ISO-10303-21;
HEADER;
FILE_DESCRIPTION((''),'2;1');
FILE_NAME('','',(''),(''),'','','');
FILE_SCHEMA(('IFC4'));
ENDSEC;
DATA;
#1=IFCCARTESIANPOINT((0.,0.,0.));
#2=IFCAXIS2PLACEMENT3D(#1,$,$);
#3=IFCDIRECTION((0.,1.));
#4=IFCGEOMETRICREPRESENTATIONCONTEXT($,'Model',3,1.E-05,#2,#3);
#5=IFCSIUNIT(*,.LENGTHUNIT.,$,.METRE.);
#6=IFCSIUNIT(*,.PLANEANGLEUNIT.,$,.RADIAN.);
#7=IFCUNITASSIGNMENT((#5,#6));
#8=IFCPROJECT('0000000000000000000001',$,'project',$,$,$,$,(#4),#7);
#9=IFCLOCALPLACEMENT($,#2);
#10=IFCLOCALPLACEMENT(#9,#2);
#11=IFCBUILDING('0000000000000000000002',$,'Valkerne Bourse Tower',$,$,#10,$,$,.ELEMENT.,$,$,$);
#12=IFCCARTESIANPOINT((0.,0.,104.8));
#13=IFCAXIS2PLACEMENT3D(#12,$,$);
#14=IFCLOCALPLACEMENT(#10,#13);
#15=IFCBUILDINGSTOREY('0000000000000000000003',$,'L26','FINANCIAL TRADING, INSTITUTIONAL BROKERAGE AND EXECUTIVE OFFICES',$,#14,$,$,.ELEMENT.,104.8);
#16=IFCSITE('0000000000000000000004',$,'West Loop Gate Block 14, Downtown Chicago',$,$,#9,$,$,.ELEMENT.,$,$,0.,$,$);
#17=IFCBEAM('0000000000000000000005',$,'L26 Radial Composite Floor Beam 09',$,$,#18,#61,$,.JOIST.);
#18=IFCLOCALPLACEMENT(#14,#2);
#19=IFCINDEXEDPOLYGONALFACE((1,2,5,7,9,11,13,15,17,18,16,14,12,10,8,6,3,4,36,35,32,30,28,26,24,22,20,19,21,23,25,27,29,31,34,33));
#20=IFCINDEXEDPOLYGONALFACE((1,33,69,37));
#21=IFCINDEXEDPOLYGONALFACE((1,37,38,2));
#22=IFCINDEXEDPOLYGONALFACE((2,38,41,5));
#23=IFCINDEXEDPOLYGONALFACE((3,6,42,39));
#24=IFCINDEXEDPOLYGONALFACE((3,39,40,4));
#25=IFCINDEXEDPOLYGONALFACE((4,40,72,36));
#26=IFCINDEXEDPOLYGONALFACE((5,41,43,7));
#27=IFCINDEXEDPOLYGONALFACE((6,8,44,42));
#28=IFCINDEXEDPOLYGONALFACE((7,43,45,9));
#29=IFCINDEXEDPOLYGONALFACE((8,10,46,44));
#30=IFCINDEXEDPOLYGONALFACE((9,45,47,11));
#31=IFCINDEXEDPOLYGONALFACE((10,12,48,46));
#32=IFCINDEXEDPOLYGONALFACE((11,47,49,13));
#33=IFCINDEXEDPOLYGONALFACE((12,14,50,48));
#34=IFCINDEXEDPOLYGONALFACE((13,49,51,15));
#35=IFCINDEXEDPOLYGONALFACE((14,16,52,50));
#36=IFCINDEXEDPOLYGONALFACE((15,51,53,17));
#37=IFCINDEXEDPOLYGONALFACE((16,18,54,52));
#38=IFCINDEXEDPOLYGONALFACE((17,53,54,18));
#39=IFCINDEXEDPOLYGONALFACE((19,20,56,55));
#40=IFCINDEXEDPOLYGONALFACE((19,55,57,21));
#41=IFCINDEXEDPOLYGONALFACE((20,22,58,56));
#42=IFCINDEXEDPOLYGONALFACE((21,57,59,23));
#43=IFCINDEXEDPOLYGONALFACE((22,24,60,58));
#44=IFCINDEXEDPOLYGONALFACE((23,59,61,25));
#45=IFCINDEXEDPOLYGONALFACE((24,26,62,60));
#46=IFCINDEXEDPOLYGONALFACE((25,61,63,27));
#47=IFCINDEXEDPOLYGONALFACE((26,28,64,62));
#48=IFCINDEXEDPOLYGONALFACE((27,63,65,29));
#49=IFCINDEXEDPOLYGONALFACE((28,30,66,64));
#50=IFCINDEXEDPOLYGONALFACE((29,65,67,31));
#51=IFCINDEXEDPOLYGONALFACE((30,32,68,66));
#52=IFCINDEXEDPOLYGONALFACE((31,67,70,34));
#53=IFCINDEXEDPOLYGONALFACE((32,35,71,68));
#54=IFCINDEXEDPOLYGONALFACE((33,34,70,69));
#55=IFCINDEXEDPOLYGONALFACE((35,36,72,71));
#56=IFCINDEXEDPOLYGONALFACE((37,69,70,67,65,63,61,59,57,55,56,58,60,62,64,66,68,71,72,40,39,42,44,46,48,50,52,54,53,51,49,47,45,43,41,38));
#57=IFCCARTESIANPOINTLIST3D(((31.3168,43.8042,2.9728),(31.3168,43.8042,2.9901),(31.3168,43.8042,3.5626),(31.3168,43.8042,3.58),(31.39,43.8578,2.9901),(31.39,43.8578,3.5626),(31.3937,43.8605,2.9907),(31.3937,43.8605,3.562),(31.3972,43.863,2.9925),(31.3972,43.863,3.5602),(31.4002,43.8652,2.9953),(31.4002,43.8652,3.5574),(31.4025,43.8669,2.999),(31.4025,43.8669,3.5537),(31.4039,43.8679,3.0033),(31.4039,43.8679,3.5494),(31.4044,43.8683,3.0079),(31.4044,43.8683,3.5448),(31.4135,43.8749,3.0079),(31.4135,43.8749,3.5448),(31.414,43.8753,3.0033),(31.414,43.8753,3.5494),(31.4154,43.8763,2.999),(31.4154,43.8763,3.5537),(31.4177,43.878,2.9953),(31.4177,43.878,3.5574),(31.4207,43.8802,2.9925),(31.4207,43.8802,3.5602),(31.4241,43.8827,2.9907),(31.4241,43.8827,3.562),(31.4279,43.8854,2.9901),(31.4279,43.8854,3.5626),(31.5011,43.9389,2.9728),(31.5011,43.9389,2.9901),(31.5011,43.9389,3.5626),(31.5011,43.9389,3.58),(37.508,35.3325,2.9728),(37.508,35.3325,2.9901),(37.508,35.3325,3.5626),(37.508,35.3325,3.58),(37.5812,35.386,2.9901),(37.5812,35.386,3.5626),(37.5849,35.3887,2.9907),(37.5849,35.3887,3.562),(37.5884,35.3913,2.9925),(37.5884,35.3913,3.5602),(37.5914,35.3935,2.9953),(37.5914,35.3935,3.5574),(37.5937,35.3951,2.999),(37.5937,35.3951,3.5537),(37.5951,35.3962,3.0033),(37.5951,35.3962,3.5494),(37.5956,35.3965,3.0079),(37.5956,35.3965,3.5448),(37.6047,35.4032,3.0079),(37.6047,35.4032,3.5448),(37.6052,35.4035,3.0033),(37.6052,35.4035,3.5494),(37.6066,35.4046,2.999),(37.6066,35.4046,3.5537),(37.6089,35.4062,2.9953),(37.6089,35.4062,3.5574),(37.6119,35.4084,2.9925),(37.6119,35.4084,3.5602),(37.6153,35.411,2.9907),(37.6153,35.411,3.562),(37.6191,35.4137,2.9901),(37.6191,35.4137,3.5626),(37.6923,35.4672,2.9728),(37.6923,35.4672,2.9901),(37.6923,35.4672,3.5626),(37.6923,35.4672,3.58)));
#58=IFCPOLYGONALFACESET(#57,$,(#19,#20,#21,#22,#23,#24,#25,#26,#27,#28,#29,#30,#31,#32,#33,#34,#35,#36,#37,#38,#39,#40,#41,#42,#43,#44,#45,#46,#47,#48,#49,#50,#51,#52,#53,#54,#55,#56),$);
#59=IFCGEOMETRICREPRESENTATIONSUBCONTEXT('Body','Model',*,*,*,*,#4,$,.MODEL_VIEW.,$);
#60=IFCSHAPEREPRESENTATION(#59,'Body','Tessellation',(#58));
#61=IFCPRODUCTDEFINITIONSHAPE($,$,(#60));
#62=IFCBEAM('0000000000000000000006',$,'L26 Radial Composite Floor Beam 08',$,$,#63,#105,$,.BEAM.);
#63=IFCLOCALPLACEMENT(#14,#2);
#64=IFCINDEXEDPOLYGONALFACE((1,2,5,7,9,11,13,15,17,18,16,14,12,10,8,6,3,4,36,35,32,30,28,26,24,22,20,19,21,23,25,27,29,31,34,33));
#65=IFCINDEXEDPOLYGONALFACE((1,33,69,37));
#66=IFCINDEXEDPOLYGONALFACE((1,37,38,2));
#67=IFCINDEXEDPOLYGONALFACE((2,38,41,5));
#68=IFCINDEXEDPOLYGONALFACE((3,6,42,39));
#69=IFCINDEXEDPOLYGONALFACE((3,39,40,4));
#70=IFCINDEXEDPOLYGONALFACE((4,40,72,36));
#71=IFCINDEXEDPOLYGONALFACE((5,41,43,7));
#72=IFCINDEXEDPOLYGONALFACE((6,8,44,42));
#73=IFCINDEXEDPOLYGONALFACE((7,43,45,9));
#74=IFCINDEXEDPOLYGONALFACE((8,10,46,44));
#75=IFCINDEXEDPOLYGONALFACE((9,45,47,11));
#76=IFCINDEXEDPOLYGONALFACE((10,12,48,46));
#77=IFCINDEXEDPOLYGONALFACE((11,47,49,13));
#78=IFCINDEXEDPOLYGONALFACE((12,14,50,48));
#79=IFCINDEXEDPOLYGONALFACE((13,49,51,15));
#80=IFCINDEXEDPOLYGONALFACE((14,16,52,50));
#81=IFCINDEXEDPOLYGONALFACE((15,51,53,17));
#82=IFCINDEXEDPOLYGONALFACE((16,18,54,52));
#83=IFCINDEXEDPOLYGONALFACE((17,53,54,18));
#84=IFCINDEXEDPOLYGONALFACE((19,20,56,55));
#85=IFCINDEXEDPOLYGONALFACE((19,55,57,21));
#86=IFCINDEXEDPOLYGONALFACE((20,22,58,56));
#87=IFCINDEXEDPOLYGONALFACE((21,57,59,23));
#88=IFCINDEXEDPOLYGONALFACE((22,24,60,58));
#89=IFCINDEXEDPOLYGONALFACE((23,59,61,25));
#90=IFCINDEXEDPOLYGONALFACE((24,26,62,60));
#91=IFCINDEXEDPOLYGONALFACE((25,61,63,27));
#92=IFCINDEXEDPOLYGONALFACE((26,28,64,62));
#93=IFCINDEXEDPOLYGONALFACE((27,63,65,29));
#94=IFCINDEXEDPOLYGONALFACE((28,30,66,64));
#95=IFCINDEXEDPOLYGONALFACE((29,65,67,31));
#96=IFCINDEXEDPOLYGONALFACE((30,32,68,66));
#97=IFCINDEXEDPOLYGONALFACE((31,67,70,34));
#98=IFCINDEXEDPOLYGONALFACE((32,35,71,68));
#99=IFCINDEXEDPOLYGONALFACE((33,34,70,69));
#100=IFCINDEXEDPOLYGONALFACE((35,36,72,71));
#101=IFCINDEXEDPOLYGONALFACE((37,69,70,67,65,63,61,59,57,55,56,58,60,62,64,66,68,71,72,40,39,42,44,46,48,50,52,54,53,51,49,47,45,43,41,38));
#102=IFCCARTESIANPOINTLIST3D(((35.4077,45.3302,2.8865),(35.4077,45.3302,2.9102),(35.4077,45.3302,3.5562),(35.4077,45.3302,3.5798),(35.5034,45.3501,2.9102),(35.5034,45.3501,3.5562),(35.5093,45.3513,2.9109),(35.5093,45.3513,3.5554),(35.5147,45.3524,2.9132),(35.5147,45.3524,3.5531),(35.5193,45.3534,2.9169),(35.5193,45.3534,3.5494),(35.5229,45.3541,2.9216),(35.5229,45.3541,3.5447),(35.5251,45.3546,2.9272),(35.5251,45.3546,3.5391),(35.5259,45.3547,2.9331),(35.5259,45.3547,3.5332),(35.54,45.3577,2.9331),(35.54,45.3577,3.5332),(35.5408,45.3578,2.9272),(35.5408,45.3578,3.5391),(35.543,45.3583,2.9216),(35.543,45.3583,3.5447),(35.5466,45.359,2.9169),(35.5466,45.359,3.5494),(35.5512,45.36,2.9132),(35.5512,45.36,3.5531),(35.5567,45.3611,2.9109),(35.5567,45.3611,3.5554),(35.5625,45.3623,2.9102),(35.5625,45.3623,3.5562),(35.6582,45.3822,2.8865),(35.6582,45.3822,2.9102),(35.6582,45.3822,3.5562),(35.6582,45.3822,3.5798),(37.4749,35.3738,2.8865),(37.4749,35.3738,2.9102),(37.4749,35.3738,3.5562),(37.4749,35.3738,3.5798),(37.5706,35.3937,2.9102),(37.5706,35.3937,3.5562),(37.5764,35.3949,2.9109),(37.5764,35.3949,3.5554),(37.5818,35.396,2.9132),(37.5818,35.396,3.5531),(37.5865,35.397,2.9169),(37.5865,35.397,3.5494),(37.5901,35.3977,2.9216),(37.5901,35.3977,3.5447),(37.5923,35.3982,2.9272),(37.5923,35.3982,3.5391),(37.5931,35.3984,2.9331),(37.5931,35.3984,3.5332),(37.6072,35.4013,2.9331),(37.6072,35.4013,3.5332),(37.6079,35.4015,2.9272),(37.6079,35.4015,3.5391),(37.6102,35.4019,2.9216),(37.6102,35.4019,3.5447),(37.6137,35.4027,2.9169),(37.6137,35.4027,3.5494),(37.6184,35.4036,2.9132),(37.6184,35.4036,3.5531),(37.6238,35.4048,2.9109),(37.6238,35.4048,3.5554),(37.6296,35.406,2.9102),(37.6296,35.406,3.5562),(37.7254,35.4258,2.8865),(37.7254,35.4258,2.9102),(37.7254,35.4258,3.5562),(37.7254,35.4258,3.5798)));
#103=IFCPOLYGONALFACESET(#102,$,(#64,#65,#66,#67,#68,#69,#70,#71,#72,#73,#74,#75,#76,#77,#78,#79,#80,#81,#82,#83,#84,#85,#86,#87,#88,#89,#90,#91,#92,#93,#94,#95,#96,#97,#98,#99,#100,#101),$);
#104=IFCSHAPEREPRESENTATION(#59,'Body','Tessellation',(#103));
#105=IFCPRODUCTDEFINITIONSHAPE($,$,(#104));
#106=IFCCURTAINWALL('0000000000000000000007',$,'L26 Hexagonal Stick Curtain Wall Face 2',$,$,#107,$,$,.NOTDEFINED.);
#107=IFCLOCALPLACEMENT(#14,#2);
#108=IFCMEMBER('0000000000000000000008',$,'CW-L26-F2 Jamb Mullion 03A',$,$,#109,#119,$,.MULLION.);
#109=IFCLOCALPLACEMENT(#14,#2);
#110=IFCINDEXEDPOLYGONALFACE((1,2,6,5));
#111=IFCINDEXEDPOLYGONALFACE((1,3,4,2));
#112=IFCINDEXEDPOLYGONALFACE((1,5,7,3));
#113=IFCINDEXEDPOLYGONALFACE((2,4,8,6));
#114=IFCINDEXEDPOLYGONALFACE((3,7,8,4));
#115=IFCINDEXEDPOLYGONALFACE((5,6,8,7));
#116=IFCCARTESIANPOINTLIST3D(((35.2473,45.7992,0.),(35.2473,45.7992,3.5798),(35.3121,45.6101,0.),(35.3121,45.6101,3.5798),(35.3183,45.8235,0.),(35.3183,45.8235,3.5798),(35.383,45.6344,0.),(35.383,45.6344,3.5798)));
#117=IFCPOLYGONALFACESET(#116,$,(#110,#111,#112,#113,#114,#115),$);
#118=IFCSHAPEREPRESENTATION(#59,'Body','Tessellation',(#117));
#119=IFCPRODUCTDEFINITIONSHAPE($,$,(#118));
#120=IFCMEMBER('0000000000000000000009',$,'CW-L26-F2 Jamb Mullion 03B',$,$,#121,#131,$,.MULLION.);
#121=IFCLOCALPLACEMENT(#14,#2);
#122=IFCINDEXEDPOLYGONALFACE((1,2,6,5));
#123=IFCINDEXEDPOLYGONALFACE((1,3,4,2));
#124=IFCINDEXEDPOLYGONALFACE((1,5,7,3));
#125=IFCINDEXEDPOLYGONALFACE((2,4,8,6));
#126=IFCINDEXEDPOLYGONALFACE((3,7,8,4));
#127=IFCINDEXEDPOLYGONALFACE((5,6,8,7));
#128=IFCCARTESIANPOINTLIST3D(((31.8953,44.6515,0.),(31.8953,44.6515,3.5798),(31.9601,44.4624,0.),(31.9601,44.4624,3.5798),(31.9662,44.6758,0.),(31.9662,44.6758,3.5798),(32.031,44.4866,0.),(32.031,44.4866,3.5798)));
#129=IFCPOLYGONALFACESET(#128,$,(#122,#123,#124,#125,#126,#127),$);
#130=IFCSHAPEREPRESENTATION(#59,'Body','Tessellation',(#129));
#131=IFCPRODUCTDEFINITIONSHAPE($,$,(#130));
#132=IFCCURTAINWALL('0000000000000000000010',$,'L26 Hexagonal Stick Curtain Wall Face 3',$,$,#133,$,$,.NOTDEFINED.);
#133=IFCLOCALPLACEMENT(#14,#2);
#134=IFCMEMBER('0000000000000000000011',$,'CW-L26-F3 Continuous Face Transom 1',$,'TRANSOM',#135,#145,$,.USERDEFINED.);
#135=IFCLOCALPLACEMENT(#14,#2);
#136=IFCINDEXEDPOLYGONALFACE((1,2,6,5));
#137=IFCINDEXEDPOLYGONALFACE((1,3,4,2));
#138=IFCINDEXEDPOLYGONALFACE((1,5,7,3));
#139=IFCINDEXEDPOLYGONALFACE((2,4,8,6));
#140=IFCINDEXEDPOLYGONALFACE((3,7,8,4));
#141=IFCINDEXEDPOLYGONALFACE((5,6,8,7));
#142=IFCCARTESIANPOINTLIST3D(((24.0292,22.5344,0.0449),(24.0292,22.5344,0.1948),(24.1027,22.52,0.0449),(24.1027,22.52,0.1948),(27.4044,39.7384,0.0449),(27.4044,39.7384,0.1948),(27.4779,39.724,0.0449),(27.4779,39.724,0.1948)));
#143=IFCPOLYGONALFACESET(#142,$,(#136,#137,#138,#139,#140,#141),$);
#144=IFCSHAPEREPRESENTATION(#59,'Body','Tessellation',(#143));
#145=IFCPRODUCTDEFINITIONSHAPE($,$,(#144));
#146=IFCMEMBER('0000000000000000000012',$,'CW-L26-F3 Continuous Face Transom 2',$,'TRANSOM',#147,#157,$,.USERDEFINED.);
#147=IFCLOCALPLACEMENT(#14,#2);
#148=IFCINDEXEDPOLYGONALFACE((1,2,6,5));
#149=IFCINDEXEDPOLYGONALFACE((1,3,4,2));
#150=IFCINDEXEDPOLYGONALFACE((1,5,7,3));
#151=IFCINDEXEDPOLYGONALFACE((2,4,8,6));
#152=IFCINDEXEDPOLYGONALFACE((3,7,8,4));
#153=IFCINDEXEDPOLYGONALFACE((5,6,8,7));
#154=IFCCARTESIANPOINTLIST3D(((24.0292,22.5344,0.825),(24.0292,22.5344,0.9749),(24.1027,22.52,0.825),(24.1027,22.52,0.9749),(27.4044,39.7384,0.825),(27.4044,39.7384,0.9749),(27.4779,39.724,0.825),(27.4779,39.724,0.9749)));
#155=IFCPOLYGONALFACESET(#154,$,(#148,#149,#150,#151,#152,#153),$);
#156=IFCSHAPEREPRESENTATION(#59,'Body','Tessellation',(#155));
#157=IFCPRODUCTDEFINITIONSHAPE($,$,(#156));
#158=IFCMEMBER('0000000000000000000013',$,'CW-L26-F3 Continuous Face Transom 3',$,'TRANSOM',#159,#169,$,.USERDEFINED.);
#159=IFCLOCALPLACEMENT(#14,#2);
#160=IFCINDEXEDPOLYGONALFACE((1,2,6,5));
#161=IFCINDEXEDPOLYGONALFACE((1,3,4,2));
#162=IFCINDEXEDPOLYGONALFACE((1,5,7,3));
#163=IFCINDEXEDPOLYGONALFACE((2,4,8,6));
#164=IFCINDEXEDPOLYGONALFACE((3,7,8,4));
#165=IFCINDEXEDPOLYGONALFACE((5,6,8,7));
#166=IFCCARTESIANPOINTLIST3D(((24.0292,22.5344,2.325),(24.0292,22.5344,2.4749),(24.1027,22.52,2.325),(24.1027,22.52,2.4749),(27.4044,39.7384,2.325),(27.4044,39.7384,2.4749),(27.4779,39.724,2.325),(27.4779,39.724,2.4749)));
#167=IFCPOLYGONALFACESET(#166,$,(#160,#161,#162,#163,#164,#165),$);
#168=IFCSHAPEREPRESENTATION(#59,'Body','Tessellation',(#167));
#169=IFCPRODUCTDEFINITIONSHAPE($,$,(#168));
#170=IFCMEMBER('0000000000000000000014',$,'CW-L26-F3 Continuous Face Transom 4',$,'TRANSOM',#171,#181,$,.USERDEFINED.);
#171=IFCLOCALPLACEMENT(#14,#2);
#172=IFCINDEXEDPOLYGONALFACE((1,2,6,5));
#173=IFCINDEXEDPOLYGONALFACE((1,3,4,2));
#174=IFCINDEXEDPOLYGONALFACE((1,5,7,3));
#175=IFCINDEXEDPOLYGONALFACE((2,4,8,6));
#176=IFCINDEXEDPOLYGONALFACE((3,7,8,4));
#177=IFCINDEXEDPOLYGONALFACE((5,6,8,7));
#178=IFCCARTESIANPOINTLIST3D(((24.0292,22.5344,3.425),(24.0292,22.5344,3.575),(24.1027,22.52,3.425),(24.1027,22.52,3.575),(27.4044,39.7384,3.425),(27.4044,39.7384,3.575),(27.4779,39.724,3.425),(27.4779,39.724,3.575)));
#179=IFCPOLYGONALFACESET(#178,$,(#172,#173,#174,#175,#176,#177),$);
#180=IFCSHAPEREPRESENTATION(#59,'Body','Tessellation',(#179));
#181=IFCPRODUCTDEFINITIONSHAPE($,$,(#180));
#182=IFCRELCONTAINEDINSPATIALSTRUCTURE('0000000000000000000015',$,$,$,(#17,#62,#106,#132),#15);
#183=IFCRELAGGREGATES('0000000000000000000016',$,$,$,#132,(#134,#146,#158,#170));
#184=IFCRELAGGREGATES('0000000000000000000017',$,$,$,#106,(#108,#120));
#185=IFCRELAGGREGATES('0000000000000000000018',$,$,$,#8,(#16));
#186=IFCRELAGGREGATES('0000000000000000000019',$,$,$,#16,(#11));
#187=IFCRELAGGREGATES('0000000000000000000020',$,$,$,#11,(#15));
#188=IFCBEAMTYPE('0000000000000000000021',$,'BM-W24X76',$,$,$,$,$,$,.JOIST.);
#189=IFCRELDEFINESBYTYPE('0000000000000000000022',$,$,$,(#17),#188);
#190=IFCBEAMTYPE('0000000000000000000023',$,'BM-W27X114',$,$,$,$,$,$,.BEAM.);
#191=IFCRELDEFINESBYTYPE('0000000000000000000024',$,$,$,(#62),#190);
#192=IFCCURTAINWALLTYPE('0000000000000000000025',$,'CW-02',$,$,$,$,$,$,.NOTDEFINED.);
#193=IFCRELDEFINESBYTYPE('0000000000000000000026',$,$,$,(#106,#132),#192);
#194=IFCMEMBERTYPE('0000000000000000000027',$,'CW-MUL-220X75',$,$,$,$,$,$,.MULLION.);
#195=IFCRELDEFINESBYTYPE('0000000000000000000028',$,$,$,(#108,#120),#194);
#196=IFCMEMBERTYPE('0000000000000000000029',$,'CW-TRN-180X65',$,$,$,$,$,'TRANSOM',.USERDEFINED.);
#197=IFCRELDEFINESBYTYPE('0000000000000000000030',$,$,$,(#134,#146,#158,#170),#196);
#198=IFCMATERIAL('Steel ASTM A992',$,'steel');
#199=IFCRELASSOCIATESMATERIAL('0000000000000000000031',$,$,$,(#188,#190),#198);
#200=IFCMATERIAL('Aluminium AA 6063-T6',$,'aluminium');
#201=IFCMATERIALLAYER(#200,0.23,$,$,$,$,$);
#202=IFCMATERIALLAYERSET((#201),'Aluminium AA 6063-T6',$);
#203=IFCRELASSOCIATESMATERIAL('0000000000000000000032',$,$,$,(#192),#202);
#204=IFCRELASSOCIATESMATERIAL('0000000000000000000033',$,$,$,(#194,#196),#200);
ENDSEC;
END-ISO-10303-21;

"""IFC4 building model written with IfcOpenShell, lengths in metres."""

from ifc_helpers import new_model, si_unit, direction, frame, origin, origin_2d, place, context, subcontext, project, spatial, rectangle, i_section, extrude, material, layer, layer_set, material_profile, profile_set, type_object, element, aggregate, save


model = new_model("IFC4")

# Units and contexts
model_context = context("Model", 3, precision=1e-05, world=origin(), true_north=direction((0.0, 1.0)))
body_context = subcontext(model_context, "Body", "Model", "MODEL_VIEW")
ifc_project = project(units=[si_unit("LENGTHUNIT", "METRE"), si_unit("PLANEANGLEUNIT", "RADIAN")], contexts=[model_context])

# Site, building, storey
site_placement = place(None, origin())
site = spatial("IfcSite", under=ifc_project, at=site_placement, Name="West Loop Gate Block 14, Downtown Chicago", CompositionType="ELEMENT", RefElevation=0.0)
building_placement = place(site_placement, origin())
building = spatial("IfcBuilding", under=site, at=building_placement, Name="Valkerne Bourse Tower", CompositionType="ELEMENT")
storey_placement = place(building_placement, frame((0.0, 0.0, 104.8)))
storey = spatial("IfcBuildingStorey", under=building, at=storey_placement, Name="L26", Description="FINANCIAL TRADING, INSTITUTIONAL BROKERAGE AND EXECUTIVE OFFICES", CompositionType="ELEMENT", Elevation=104.8)

# Beams
ifc_material_1 = material(Name="Steel ASTM A992", Category="steel")
ifc_material_profile_1 = material_profile(ifc_material_1, i_section(OverallWidth=0.2283, OverallDepth=0.6072, WebThickness=0.0112, FlangeThickness=0.0173, FilletRadius=0.0178, at=origin_2d()), Name="W24X76")
ifc_profile_set_1 = profile_set([ifc_material_profile_1], Name="Steel ASTM A992")
beam_type_1 = type_object("IfcBeamType", Name="BM-W24X76", PredefinedType="JOIST", material=ifc_profile_set_1)
beam_1_placement = place(storey_placement, frame((31.4089, 43.8716, 3.2764), z_axis=(0.590036, -0.807377, 0.0), x_axis=(0.807377, 0.590036, 0.0)))
element("IfcBeam", 1, at=beam_1_placement, inside=storey, type_object=beam_type_1, Name="L26 Radial Composite Floor Beam 09", PredefinedType="JOIST", context=body_context, shape_type="SweptSolid", body=[
    extrude(i_section(OverallWidth=0.2283, OverallDepth=0.6072, WebThickness=0.0112, FlangeThickness=0.0173, FilletRadius=0.0178, at=origin_2d()), origin(), (0.0, 0.0, 1.0), 10.4929),
])
ifc_material_profile_2 = material_profile(ifc_material_1, i_section(OverallWidth=0.2559, OverallDepth=0.6934, WebThickness=0.0144, FlangeThickness=0.0237, FilletRadius=0.0229, at=origin_2d()), Name="W27X114")
ifc_profile_set_2 = profile_set([ifc_material_profile_2], Name="Steel ASTM A992")
beam_type_2 = type_object("IfcBeamType", Name="BM-W27X114", PredefinedType="BEAM", material=ifc_profile_set_2)
beam_2_placement = place(storey_placement, frame((35.533, 45.3562, 3.2332), z_axis=(0.203286, -0.979119, 0.0), x_axis=(0.979119, 0.203286, 0.0)))
element("IfcBeam", 2, at=beam_2_placement, inside=storey, type_object=beam_type_2, Name="L26 Radial Composite Floor Beam 08", PredefinedType="BEAM", context=body_context, shape_type="SweptSolid", body=[
    extrude(i_section(OverallWidth=0.2559, OverallDepth=0.6934, WebThickness=0.0144, FlangeThickness=0.0237, FilletRadius=0.0229, at=origin_2d()), origin(), (0.0, 0.0, 1.0), 10.1687),
])

# Curtain walls, members
ifc_material_2 = material(Name="Aluminium AA 6063-T6", Category="aluminium")
ifc_layer_1 = layer(ifc_material_2, 0.23)
ifc_layer_set_1 = layer_set([ifc_layer_1], Name="Aluminium AA 6063-T6")
curtain_wall_type = type_object("IfcCurtainWallType", Name="CW-02", PredefinedType="NOTDEFINED", material=ifc_layer_set_1)
curtain_wall_1_placement = place(storey_placement, origin())
curtain_wall_1 = element("IfcCurtainWall", 3, at=curtain_wall_1_placement, inside=storey, type_object=curtain_wall_type, Name="L26 Hexagonal Stick Curtain Wall Face 2", PredefinedType="NOTDEFINED")
ifc_material_profile_3 = material_profile(ifc_material_2, rectangle(XDim=0.075, YDim=0.2, at=origin_2d()), Name="CWM-75X200")
ifc_profile_set_3 = profile_set([ifc_material_profile_3], Name="Aluminium AA 6063-T6")
member_type_1 = type_object("IfcMemberType", Name="CW-MUL-220X75", PredefinedType="MULLION", material=ifc_profile_set_3)
member_1_placement = place(storey_placement, frame((35.3152, 45.7168, 0.0), z_axis=(0.0, 0.0, 1.0), x_axis=(-0.946081, -0.323931, 0.0)))
member_1 = element("IfcMember", 4, at=member_1_placement, type_object=member_type_1, Name="CW-L26-F2 Jamb Mullion 03A", PredefinedType="MULLION", context=body_context, shape_type="SweptSolid", body=[
    extrude(rectangle(XDim=0.075, YDim=0.2, at=origin_2d()), origin(), (0.0, 0.0, 1.0), 3.5798),
])
member_2_placement = place(storey_placement, frame((31.9631, 44.5691, 0.0), z_axis=(0.0, 0.0, 1.0), x_axis=(-0.946081, -0.323931, 0.0)))
member_2 = element("IfcMember", 5, at=member_2_placement, type_object=member_type_1, Name="CW-L26-F2 Jamb Mullion 03B", PredefinedType="MULLION", context=body_context, shape_type="SweptSolid", body=[
    extrude(rectangle(XDim=0.075, YDim=0.2, at=origin_2d()), origin(), (0.0, 0.0, 1.0), 3.5798),
])
curtain_wall_2_placement = place(storey_placement, origin())
curtain_wall_2 = element("IfcCurtainWall", 6, at=curtain_wall_2_placement, inside=storey, type_object=curtain_wall_type, Name="L26 Hexagonal Stick Curtain Wall Face 3", PredefinedType="NOTDEFINED")
ifc_material_profile_4 = material_profile(ifc_material_2, rectangle(XDim=0.075, YDim=0.1499, at=origin_2d()), Name="CWT-75X150")
ifc_profile_set_4 = profile_set([ifc_material_profile_4], Name="Aluminium AA 6063-T6")
member_type_2 = type_object("IfcMemberType", Name="CW-TRN-180X65", ElementType="TRANSOM", PredefinedType="USERDEFINED", material=ifc_profile_set_4)
member_3_placement = place(storey_placement, frame((27.4412, 39.7312, 0.1199), z_axis=(-0.192518, -0.981293, 0.0), x_axis=(0.981293, -0.192518, 0.0)))
member_3 = element("IfcMember", 7, at=member_3_placement, type_object=member_type_2, Name="CW-L26-F3 Continuous Face Transom 1", ObjectType="TRANSOM", PredefinedType="USERDEFINED", context=body_context, shape_type="SweptSolid", body=[
    extrude(rectangle(XDim=0.075, YDim=0.1499, at=origin_2d()), origin(), (0.0, 0.0, 1.0), 17.532),
])
member_4_placement = place(storey_placement, frame((27.4412, 39.7312, 0.8999), z_axis=(-0.192518, -0.981293, 0.0), x_axis=(0.981293, -0.192518, 0.0)))
member_4 = element("IfcMember", 8, at=member_4_placement, type_object=member_type_2, Name="CW-L26-F3 Continuous Face Transom 2", ObjectType="TRANSOM", PredefinedType="USERDEFINED", context=body_context, shape_type="SweptSolid", body=[
    extrude(rectangle(XDim=0.075, YDim=0.1499, at=origin_2d()), origin(), (0.0, 0.0, 1.0), 17.532),
])
member_5_placement = place(storey_placement, frame((27.4412, 39.7312, 2.3999), z_axis=(-0.192518, -0.981293, 0.0), x_axis=(0.981293, -0.192518, 0.0)))
member_5 = element("IfcMember", 9, at=member_5_placement, type_object=member_type_2, Name="CW-L26-F3 Continuous Face Transom 3", ObjectType="TRANSOM", PredefinedType="USERDEFINED", context=body_context, shape_type="SweptSolid", body=[
    extrude(rectangle(XDim=0.075, YDim=0.1499, at=origin_2d()), origin(), (0.0, 0.0, 1.0), 17.532),
])
member_6_placement = place(storey_placement, frame((27.4412, 39.7312, 3.5), z_axis=(-0.192518, -0.981293, 0.0), x_axis=(0.981293, -0.192518, 0.0)))
member_6 = element("IfcMember", 10, at=member_6_placement, type_object=member_type_2, Name="CW-L26-F3 Continuous Face Transom 4", ObjectType="TRANSOM", PredefinedType="USERDEFINED", context=body_context, shape_type="SweptSolid", body=[
    extrude(rectangle(XDim=0.075, YDim=0.1499, at=origin_2d()), origin(), (0.0, 0.0, 1.0), 17.532),
])
aggregate(curtain_wall_2, [member_3, member_4, member_5, member_6])

aggregate(curtain_wall_1, [member_1, member_2])

save(model, "model.ifc")
